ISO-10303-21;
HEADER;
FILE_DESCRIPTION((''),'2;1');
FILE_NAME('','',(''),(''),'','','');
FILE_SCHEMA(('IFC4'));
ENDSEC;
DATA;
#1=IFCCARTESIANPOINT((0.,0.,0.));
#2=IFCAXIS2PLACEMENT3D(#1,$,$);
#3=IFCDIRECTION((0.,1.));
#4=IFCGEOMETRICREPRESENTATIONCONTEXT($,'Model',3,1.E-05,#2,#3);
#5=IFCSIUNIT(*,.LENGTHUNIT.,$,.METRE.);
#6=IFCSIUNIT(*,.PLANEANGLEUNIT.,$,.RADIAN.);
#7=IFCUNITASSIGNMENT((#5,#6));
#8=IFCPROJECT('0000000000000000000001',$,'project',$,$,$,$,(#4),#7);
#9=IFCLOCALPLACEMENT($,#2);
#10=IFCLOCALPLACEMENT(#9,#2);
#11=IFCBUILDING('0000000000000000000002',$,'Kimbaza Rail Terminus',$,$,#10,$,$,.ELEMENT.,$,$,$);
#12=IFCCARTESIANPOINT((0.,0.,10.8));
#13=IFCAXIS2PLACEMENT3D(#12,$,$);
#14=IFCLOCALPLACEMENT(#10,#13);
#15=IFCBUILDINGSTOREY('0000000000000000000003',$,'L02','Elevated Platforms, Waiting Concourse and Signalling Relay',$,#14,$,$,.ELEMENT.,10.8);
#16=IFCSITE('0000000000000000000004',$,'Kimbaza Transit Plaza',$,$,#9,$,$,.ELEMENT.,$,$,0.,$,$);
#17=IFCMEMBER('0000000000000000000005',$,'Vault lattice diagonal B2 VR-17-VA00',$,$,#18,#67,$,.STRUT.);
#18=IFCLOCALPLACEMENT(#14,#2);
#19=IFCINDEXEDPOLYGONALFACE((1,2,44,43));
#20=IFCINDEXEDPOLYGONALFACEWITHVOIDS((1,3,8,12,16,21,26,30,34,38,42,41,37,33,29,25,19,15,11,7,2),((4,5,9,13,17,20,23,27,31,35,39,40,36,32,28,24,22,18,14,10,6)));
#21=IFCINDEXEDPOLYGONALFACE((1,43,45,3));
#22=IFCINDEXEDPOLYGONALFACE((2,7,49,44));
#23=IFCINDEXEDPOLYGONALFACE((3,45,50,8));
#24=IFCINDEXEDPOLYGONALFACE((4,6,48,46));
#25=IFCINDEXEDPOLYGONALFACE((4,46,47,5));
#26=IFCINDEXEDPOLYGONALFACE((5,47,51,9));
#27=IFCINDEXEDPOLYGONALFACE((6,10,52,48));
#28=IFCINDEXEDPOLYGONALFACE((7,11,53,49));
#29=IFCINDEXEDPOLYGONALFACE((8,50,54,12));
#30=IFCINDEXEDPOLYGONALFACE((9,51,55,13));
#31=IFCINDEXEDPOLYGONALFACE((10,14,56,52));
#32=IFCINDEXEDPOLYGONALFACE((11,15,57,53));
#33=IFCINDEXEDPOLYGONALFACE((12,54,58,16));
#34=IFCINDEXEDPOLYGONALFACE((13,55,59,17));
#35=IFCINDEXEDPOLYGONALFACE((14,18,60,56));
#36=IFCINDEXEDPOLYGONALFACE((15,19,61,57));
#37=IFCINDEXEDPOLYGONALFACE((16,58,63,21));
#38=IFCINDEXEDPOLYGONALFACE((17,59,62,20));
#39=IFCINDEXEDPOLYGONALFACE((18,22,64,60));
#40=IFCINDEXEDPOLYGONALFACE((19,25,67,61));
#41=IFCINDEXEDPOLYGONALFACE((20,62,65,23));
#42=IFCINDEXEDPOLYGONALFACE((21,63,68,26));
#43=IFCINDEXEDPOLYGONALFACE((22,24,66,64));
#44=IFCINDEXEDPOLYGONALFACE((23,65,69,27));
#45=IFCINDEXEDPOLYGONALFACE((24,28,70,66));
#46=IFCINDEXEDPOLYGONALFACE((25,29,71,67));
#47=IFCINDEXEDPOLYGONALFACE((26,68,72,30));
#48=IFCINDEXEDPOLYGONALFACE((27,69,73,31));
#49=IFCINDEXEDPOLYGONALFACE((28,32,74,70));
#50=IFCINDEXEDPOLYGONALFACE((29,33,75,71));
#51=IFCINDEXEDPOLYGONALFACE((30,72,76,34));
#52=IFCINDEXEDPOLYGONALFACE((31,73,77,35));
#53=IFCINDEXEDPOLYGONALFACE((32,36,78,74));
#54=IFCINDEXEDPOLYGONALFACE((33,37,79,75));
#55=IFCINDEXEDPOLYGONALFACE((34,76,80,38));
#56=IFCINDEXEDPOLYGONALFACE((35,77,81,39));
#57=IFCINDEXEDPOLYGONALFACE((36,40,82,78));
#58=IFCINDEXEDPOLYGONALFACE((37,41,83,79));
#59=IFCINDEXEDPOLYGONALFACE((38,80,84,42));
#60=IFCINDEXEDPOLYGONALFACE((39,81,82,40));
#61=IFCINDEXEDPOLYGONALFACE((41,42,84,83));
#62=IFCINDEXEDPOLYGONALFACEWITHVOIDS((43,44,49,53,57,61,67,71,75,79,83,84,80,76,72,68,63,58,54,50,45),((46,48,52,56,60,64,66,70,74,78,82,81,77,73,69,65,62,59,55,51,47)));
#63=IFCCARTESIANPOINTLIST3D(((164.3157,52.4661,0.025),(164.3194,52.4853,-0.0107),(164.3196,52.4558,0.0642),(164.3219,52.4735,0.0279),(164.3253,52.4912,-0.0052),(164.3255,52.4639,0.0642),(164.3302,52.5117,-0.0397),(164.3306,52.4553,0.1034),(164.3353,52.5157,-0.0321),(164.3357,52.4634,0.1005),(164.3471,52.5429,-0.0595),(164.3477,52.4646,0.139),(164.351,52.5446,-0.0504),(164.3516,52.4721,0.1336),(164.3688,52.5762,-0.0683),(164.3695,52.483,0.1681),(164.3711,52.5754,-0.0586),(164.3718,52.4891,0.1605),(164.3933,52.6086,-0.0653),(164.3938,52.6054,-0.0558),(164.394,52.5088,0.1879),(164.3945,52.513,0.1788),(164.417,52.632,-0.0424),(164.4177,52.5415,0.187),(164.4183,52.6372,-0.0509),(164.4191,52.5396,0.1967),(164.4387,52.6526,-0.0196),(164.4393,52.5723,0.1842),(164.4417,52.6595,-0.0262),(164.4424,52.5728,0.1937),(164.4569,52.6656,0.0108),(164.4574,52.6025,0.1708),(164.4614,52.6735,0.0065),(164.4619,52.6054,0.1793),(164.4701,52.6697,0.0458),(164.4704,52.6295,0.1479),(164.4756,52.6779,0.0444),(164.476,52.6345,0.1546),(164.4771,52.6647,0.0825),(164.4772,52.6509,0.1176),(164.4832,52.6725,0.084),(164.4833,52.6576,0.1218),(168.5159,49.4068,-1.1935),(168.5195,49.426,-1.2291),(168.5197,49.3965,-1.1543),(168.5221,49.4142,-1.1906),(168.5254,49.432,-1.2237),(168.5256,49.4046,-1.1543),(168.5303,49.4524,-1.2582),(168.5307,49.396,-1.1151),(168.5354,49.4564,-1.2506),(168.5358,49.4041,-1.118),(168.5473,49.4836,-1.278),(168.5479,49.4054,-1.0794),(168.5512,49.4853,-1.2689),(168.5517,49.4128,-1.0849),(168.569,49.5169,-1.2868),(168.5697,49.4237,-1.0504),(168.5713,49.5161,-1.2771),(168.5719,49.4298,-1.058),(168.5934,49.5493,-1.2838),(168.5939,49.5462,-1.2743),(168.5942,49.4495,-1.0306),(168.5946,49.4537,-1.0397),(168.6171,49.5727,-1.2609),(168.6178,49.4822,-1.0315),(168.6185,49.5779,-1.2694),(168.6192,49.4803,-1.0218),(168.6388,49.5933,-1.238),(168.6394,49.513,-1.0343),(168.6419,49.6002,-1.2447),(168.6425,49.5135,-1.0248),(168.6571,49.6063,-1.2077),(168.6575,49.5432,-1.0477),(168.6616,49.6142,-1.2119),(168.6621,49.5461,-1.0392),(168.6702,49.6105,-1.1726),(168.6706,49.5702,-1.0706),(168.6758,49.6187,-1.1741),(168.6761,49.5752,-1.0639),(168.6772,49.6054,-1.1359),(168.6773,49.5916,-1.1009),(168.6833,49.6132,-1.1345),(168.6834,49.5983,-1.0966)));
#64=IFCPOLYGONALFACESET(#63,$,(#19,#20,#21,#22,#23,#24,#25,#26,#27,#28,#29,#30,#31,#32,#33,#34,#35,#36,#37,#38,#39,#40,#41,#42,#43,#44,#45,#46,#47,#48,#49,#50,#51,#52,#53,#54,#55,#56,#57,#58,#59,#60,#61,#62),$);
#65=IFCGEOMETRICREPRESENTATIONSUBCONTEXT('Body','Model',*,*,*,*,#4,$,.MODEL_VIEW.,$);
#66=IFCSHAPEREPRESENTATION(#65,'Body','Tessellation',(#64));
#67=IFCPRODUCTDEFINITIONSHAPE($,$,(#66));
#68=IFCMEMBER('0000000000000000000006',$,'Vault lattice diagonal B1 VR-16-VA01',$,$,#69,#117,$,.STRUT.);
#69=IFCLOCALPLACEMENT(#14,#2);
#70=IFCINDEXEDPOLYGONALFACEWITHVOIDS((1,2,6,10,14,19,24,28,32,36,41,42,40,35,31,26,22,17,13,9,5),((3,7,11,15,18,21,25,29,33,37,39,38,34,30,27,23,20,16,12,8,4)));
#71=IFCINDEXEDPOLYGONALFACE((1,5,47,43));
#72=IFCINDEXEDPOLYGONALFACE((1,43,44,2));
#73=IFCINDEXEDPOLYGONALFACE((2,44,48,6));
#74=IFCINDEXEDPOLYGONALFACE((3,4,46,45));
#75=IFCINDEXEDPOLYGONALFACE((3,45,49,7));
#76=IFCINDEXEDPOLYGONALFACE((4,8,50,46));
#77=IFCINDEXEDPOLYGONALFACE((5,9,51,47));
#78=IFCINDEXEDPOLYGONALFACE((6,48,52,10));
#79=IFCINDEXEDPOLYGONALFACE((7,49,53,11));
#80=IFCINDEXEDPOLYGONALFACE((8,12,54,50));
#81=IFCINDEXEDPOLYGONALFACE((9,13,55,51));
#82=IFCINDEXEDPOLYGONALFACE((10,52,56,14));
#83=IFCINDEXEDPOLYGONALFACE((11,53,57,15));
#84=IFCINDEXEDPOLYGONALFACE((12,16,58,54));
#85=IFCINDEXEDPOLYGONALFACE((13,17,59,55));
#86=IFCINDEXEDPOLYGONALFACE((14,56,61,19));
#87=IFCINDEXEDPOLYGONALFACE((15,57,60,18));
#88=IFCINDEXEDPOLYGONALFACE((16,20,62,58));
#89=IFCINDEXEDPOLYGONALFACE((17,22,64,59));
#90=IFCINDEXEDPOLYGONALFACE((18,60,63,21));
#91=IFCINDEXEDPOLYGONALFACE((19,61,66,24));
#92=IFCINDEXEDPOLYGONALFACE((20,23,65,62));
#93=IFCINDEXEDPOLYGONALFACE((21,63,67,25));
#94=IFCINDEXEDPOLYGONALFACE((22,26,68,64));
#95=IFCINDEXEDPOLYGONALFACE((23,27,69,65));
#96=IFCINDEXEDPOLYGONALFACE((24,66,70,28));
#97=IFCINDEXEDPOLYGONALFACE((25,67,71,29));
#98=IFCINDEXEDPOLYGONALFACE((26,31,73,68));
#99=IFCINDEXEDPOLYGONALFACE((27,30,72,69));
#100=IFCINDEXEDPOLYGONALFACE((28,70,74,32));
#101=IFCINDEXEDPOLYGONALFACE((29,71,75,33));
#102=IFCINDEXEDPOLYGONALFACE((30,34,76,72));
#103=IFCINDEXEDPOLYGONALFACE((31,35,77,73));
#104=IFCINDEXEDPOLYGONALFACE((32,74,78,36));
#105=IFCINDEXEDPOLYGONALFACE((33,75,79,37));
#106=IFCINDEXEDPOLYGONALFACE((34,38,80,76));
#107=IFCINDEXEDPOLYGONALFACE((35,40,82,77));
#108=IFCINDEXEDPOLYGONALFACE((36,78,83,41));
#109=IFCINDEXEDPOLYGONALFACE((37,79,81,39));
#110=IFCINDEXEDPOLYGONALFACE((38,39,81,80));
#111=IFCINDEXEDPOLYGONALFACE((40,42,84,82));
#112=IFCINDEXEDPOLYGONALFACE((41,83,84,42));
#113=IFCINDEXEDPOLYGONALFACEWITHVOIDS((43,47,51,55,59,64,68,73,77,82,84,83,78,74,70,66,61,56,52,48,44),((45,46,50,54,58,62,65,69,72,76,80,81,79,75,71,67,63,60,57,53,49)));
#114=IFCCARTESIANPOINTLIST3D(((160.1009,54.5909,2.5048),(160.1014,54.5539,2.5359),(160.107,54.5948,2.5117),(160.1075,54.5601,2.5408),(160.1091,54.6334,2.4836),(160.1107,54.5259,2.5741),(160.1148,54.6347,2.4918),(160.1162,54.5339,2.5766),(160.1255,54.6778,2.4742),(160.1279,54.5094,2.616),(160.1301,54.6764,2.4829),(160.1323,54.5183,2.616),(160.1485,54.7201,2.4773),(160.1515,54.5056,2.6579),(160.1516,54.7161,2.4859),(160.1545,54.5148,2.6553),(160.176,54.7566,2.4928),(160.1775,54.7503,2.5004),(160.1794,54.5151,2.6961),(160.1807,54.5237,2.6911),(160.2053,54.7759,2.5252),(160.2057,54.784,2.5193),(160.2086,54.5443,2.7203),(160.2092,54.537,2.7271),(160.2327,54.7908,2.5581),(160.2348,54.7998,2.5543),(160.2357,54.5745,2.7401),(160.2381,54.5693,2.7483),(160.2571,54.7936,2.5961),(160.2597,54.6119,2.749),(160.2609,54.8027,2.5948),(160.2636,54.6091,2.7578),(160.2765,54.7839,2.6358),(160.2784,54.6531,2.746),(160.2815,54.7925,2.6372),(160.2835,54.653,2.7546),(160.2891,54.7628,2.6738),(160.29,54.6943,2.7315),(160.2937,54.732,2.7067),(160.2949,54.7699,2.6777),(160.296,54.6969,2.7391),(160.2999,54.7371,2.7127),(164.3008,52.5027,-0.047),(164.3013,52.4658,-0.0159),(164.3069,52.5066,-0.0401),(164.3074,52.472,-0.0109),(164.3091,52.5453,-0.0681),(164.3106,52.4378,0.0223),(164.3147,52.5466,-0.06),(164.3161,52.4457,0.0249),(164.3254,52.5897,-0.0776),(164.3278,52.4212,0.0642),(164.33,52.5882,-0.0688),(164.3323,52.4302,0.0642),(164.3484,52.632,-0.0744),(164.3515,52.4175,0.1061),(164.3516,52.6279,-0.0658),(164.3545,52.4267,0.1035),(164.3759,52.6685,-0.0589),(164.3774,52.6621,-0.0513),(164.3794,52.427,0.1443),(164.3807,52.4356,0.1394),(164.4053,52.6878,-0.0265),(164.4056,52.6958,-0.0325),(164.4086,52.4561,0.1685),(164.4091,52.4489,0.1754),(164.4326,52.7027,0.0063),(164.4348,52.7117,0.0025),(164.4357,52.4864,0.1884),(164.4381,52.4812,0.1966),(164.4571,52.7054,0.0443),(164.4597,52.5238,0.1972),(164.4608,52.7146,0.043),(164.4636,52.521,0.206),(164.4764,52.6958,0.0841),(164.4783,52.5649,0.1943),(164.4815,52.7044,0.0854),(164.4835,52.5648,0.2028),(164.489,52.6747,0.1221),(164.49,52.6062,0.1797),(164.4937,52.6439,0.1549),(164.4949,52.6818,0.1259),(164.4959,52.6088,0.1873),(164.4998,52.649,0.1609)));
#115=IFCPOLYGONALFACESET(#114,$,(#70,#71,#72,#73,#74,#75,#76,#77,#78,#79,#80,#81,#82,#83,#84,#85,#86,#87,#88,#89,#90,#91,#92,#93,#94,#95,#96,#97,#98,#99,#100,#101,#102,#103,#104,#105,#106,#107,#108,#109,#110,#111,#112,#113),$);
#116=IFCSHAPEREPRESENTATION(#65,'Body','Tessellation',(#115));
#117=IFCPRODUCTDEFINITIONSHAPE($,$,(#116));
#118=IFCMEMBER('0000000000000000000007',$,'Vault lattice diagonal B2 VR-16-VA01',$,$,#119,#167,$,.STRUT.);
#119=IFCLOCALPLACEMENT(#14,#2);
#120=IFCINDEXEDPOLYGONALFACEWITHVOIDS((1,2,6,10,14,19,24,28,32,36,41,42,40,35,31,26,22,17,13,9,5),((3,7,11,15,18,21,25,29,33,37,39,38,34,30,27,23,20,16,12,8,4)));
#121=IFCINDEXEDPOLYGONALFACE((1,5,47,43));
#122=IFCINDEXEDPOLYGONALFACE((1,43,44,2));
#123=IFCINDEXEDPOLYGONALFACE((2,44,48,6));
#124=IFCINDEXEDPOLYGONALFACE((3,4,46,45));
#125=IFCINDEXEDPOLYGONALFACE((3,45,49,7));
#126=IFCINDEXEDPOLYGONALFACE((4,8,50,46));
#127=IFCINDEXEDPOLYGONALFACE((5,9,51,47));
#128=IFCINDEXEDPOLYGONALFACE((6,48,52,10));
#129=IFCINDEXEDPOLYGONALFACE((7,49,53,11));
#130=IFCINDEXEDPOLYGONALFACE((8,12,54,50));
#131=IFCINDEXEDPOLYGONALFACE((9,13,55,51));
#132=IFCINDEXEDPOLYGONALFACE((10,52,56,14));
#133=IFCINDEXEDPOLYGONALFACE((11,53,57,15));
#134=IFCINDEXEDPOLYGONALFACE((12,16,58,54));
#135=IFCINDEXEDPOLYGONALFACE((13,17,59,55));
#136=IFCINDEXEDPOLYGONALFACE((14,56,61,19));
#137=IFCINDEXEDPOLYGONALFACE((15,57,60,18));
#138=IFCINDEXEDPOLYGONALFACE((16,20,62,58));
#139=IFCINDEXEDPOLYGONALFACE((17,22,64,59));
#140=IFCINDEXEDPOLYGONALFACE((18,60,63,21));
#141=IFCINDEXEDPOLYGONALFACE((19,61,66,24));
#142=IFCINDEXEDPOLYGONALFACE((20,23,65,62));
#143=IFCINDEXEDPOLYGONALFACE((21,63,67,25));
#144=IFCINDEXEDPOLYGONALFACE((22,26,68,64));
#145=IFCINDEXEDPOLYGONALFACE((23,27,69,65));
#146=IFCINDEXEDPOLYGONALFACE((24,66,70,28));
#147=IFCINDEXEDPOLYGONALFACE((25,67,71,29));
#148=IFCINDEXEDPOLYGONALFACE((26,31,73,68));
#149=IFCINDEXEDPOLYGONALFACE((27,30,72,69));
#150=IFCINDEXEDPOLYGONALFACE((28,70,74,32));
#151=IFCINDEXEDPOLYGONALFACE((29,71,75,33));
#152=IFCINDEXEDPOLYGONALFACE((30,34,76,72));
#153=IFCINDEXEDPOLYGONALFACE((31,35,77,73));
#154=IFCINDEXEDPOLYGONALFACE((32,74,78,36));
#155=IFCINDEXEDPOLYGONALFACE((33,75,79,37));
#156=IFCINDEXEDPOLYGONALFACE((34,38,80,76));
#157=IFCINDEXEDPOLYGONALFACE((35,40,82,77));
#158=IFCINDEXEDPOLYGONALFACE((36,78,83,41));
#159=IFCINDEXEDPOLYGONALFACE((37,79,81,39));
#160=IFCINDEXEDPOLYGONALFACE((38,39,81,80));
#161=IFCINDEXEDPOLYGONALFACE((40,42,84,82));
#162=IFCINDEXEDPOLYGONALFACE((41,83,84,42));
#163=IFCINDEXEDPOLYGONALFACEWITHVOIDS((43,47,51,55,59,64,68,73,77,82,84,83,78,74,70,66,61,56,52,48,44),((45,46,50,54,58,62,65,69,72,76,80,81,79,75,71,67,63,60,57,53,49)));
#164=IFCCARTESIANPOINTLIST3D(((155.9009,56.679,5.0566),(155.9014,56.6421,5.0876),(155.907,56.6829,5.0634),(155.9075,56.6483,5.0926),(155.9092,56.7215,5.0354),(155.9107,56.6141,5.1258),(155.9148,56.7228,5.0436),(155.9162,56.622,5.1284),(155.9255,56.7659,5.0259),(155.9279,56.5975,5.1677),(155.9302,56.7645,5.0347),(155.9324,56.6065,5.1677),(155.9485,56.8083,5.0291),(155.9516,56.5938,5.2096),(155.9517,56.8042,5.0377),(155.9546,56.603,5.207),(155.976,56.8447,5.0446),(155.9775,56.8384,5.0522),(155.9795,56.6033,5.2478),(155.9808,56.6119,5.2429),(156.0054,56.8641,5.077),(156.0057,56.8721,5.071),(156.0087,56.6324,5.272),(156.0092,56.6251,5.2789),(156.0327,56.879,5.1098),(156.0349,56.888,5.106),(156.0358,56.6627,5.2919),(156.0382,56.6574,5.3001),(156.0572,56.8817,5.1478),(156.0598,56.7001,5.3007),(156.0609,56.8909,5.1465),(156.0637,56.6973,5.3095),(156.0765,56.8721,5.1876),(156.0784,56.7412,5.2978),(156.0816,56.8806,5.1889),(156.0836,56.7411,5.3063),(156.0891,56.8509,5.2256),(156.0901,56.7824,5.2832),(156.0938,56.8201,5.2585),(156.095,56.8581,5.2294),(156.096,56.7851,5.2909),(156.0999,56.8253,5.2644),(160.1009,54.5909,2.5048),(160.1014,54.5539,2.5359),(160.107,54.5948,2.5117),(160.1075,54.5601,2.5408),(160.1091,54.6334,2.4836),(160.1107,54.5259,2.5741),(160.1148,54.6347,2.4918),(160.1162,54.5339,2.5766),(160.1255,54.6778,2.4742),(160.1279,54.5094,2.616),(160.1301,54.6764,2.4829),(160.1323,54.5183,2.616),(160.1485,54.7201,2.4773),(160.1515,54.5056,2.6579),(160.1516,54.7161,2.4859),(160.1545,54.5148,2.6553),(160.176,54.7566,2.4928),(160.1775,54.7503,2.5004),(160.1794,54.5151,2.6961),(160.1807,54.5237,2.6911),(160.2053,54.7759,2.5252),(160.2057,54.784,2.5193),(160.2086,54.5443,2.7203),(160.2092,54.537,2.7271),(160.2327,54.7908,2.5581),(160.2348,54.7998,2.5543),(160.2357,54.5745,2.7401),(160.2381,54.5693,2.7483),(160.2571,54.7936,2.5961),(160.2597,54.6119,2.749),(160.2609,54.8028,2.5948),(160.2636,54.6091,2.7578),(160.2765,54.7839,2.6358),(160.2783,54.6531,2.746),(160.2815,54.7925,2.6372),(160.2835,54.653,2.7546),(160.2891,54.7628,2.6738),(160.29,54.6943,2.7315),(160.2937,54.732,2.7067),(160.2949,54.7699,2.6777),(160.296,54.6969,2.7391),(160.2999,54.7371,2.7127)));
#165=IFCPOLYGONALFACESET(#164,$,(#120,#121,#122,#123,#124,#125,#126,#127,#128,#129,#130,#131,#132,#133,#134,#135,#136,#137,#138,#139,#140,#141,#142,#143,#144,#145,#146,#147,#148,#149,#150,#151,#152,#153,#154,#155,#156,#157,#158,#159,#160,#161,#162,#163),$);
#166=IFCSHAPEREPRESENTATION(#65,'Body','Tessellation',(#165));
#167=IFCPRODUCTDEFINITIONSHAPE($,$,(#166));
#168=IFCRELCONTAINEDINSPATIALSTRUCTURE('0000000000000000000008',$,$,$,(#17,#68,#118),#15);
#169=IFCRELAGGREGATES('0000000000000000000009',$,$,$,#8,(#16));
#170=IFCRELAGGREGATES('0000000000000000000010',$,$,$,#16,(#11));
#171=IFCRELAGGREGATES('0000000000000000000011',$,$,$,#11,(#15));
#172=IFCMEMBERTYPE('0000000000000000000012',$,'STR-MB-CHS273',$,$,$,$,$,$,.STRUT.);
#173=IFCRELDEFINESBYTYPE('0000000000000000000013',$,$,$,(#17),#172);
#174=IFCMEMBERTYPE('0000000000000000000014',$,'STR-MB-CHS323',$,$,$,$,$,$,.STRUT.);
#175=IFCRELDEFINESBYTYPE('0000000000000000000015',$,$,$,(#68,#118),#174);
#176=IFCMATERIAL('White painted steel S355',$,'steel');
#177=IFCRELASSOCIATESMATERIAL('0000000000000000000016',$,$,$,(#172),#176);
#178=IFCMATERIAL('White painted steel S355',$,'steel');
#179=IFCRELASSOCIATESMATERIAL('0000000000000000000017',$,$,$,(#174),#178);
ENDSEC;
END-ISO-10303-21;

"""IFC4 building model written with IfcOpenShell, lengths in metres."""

from ifc_helpers import new_model, si_unit, direction, frame, origin, origin_2d, place, context, subcontext, project, spatial, hollow_circle, extrude, material, material_profile, profile_set, type_object, element, save


model = new_model("IFC4")

# Units and contexts
model_context = context("Model", 3, precision=1e-05, world=origin(), true_north=direction((0.0, 1.0)))
body_context = subcontext(model_context, "Body", "Model", "MODEL_VIEW")
ifc_project = project(units=[si_unit("LENGTHUNIT", "METRE"), si_unit("PLANEANGLEUNIT", "RADIAN")], contexts=[model_context])

# Site, building, storey
site_placement = place(None, origin())
site = spatial("IfcSite", under=ifc_project, at=site_placement, Name="Kimbaza Transit Plaza", CompositionType="ELEMENT", RefElevation=0.0)
building_placement = place(site_placement, origin())
building = spatial("IfcBuilding", under=site, at=building_placement, Name="Kimbaza Rail Terminus", CompositionType="ELEMENT")
storey_placement = place(building_placement, frame((0.0, 0.0, 10.8)))
storey = spatial("IfcBuildingStorey", under=building, at=storey_placement, Name="L02", Description="Elevated Platforms, Waiting Concourse and Signalling Relay", CompositionType="ELEMENT", Elevation=10.8)

# Members
ifc_material_1 = material(Name="White painted steel S355", Category="steel")
ifc_material_profile_1 = material_profile(ifc_material_1, hollow_circle(Radius=0.1365, WallThickness=0.01, at=origin_2d()), Name="CHS 273x10")
ifc_profile_set_1 = profile_set([ifc_material_profile_1], Name="White painted steel S355")
member_type_1 = type_object("IfcMemberType", Name="STR-MB-CHS273", PredefinedType="STRUT", material=ifc_profile_set_1)
member_1_placement = place(storey_placement, frame((168.6001, 49.5068, -1.1543), z_axis=(-0.786964, 0.573206, 0.228304), x_axis=(-0.588755, -0.808311, 0.0)))
element("IfcMember", 1, at=member_1_placement, inside=storey, type_object=member_type_1, Name="Vault lattice diagonal B2 VR-17-VA00", PredefinedType="STRUT", context=body_context, shape_type="SweptSolid", body=[
    extrude(hollow_circle(Radius=0.1365, WallThickness=0.01, at=origin_2d()), origin(), (0.0, 0.0, 1.0), 5.3372),
])
ifc_material_2 = material(Name="White painted steel S355", Category="steel")
ifc_material_profile_2 = material_profile(ifc_material_2, hollow_circle(Radius=0.1619, WallThickness=0.01, at=origin_2d()), Name="CHS 323.9x10")
ifc_profile_set_2 = profile_set([ifc_material_profile_2], Name="White painted steel S355")
member_type_2 = type_object("IfcMemberType", Name="STR-MB-CHS323", PredefinedType="STRUT", material=ifc_profile_set_2)
for number, where, z_axis, x_axis, name in (
    (2, (164.3999, 52.5662, 0.0642), (-0.786566, 0.391066, 0.477893), (-0.445193, -0.895435, 0.0), "Vault lattice diagonal B1 VR-16-VA01"),
    (3, (160.2, 54.6543, 2.616), (-0.786566, 0.391066, 0.477893), (-0.445193, -0.895435, 0.0), "Vault lattice diagonal B2 VR-16-VA01"),
):
    element("IfcMember", number, at=place(storey_placement, frame(where, z_axis=z_axis, x_axis=x_axis)), inside=storey, type_object=member_type_2, Name=name, PredefinedType="STRUT", context=body_context, shape_type="SweptSolid", body=[
        extrude(hollow_circle(Radius=0.1619, WallThickness=0.01, at=origin_2d()), origin(), (0.0, 0.0, 1.0), 5.3396),
    ])

save(model, "model.ifc")
